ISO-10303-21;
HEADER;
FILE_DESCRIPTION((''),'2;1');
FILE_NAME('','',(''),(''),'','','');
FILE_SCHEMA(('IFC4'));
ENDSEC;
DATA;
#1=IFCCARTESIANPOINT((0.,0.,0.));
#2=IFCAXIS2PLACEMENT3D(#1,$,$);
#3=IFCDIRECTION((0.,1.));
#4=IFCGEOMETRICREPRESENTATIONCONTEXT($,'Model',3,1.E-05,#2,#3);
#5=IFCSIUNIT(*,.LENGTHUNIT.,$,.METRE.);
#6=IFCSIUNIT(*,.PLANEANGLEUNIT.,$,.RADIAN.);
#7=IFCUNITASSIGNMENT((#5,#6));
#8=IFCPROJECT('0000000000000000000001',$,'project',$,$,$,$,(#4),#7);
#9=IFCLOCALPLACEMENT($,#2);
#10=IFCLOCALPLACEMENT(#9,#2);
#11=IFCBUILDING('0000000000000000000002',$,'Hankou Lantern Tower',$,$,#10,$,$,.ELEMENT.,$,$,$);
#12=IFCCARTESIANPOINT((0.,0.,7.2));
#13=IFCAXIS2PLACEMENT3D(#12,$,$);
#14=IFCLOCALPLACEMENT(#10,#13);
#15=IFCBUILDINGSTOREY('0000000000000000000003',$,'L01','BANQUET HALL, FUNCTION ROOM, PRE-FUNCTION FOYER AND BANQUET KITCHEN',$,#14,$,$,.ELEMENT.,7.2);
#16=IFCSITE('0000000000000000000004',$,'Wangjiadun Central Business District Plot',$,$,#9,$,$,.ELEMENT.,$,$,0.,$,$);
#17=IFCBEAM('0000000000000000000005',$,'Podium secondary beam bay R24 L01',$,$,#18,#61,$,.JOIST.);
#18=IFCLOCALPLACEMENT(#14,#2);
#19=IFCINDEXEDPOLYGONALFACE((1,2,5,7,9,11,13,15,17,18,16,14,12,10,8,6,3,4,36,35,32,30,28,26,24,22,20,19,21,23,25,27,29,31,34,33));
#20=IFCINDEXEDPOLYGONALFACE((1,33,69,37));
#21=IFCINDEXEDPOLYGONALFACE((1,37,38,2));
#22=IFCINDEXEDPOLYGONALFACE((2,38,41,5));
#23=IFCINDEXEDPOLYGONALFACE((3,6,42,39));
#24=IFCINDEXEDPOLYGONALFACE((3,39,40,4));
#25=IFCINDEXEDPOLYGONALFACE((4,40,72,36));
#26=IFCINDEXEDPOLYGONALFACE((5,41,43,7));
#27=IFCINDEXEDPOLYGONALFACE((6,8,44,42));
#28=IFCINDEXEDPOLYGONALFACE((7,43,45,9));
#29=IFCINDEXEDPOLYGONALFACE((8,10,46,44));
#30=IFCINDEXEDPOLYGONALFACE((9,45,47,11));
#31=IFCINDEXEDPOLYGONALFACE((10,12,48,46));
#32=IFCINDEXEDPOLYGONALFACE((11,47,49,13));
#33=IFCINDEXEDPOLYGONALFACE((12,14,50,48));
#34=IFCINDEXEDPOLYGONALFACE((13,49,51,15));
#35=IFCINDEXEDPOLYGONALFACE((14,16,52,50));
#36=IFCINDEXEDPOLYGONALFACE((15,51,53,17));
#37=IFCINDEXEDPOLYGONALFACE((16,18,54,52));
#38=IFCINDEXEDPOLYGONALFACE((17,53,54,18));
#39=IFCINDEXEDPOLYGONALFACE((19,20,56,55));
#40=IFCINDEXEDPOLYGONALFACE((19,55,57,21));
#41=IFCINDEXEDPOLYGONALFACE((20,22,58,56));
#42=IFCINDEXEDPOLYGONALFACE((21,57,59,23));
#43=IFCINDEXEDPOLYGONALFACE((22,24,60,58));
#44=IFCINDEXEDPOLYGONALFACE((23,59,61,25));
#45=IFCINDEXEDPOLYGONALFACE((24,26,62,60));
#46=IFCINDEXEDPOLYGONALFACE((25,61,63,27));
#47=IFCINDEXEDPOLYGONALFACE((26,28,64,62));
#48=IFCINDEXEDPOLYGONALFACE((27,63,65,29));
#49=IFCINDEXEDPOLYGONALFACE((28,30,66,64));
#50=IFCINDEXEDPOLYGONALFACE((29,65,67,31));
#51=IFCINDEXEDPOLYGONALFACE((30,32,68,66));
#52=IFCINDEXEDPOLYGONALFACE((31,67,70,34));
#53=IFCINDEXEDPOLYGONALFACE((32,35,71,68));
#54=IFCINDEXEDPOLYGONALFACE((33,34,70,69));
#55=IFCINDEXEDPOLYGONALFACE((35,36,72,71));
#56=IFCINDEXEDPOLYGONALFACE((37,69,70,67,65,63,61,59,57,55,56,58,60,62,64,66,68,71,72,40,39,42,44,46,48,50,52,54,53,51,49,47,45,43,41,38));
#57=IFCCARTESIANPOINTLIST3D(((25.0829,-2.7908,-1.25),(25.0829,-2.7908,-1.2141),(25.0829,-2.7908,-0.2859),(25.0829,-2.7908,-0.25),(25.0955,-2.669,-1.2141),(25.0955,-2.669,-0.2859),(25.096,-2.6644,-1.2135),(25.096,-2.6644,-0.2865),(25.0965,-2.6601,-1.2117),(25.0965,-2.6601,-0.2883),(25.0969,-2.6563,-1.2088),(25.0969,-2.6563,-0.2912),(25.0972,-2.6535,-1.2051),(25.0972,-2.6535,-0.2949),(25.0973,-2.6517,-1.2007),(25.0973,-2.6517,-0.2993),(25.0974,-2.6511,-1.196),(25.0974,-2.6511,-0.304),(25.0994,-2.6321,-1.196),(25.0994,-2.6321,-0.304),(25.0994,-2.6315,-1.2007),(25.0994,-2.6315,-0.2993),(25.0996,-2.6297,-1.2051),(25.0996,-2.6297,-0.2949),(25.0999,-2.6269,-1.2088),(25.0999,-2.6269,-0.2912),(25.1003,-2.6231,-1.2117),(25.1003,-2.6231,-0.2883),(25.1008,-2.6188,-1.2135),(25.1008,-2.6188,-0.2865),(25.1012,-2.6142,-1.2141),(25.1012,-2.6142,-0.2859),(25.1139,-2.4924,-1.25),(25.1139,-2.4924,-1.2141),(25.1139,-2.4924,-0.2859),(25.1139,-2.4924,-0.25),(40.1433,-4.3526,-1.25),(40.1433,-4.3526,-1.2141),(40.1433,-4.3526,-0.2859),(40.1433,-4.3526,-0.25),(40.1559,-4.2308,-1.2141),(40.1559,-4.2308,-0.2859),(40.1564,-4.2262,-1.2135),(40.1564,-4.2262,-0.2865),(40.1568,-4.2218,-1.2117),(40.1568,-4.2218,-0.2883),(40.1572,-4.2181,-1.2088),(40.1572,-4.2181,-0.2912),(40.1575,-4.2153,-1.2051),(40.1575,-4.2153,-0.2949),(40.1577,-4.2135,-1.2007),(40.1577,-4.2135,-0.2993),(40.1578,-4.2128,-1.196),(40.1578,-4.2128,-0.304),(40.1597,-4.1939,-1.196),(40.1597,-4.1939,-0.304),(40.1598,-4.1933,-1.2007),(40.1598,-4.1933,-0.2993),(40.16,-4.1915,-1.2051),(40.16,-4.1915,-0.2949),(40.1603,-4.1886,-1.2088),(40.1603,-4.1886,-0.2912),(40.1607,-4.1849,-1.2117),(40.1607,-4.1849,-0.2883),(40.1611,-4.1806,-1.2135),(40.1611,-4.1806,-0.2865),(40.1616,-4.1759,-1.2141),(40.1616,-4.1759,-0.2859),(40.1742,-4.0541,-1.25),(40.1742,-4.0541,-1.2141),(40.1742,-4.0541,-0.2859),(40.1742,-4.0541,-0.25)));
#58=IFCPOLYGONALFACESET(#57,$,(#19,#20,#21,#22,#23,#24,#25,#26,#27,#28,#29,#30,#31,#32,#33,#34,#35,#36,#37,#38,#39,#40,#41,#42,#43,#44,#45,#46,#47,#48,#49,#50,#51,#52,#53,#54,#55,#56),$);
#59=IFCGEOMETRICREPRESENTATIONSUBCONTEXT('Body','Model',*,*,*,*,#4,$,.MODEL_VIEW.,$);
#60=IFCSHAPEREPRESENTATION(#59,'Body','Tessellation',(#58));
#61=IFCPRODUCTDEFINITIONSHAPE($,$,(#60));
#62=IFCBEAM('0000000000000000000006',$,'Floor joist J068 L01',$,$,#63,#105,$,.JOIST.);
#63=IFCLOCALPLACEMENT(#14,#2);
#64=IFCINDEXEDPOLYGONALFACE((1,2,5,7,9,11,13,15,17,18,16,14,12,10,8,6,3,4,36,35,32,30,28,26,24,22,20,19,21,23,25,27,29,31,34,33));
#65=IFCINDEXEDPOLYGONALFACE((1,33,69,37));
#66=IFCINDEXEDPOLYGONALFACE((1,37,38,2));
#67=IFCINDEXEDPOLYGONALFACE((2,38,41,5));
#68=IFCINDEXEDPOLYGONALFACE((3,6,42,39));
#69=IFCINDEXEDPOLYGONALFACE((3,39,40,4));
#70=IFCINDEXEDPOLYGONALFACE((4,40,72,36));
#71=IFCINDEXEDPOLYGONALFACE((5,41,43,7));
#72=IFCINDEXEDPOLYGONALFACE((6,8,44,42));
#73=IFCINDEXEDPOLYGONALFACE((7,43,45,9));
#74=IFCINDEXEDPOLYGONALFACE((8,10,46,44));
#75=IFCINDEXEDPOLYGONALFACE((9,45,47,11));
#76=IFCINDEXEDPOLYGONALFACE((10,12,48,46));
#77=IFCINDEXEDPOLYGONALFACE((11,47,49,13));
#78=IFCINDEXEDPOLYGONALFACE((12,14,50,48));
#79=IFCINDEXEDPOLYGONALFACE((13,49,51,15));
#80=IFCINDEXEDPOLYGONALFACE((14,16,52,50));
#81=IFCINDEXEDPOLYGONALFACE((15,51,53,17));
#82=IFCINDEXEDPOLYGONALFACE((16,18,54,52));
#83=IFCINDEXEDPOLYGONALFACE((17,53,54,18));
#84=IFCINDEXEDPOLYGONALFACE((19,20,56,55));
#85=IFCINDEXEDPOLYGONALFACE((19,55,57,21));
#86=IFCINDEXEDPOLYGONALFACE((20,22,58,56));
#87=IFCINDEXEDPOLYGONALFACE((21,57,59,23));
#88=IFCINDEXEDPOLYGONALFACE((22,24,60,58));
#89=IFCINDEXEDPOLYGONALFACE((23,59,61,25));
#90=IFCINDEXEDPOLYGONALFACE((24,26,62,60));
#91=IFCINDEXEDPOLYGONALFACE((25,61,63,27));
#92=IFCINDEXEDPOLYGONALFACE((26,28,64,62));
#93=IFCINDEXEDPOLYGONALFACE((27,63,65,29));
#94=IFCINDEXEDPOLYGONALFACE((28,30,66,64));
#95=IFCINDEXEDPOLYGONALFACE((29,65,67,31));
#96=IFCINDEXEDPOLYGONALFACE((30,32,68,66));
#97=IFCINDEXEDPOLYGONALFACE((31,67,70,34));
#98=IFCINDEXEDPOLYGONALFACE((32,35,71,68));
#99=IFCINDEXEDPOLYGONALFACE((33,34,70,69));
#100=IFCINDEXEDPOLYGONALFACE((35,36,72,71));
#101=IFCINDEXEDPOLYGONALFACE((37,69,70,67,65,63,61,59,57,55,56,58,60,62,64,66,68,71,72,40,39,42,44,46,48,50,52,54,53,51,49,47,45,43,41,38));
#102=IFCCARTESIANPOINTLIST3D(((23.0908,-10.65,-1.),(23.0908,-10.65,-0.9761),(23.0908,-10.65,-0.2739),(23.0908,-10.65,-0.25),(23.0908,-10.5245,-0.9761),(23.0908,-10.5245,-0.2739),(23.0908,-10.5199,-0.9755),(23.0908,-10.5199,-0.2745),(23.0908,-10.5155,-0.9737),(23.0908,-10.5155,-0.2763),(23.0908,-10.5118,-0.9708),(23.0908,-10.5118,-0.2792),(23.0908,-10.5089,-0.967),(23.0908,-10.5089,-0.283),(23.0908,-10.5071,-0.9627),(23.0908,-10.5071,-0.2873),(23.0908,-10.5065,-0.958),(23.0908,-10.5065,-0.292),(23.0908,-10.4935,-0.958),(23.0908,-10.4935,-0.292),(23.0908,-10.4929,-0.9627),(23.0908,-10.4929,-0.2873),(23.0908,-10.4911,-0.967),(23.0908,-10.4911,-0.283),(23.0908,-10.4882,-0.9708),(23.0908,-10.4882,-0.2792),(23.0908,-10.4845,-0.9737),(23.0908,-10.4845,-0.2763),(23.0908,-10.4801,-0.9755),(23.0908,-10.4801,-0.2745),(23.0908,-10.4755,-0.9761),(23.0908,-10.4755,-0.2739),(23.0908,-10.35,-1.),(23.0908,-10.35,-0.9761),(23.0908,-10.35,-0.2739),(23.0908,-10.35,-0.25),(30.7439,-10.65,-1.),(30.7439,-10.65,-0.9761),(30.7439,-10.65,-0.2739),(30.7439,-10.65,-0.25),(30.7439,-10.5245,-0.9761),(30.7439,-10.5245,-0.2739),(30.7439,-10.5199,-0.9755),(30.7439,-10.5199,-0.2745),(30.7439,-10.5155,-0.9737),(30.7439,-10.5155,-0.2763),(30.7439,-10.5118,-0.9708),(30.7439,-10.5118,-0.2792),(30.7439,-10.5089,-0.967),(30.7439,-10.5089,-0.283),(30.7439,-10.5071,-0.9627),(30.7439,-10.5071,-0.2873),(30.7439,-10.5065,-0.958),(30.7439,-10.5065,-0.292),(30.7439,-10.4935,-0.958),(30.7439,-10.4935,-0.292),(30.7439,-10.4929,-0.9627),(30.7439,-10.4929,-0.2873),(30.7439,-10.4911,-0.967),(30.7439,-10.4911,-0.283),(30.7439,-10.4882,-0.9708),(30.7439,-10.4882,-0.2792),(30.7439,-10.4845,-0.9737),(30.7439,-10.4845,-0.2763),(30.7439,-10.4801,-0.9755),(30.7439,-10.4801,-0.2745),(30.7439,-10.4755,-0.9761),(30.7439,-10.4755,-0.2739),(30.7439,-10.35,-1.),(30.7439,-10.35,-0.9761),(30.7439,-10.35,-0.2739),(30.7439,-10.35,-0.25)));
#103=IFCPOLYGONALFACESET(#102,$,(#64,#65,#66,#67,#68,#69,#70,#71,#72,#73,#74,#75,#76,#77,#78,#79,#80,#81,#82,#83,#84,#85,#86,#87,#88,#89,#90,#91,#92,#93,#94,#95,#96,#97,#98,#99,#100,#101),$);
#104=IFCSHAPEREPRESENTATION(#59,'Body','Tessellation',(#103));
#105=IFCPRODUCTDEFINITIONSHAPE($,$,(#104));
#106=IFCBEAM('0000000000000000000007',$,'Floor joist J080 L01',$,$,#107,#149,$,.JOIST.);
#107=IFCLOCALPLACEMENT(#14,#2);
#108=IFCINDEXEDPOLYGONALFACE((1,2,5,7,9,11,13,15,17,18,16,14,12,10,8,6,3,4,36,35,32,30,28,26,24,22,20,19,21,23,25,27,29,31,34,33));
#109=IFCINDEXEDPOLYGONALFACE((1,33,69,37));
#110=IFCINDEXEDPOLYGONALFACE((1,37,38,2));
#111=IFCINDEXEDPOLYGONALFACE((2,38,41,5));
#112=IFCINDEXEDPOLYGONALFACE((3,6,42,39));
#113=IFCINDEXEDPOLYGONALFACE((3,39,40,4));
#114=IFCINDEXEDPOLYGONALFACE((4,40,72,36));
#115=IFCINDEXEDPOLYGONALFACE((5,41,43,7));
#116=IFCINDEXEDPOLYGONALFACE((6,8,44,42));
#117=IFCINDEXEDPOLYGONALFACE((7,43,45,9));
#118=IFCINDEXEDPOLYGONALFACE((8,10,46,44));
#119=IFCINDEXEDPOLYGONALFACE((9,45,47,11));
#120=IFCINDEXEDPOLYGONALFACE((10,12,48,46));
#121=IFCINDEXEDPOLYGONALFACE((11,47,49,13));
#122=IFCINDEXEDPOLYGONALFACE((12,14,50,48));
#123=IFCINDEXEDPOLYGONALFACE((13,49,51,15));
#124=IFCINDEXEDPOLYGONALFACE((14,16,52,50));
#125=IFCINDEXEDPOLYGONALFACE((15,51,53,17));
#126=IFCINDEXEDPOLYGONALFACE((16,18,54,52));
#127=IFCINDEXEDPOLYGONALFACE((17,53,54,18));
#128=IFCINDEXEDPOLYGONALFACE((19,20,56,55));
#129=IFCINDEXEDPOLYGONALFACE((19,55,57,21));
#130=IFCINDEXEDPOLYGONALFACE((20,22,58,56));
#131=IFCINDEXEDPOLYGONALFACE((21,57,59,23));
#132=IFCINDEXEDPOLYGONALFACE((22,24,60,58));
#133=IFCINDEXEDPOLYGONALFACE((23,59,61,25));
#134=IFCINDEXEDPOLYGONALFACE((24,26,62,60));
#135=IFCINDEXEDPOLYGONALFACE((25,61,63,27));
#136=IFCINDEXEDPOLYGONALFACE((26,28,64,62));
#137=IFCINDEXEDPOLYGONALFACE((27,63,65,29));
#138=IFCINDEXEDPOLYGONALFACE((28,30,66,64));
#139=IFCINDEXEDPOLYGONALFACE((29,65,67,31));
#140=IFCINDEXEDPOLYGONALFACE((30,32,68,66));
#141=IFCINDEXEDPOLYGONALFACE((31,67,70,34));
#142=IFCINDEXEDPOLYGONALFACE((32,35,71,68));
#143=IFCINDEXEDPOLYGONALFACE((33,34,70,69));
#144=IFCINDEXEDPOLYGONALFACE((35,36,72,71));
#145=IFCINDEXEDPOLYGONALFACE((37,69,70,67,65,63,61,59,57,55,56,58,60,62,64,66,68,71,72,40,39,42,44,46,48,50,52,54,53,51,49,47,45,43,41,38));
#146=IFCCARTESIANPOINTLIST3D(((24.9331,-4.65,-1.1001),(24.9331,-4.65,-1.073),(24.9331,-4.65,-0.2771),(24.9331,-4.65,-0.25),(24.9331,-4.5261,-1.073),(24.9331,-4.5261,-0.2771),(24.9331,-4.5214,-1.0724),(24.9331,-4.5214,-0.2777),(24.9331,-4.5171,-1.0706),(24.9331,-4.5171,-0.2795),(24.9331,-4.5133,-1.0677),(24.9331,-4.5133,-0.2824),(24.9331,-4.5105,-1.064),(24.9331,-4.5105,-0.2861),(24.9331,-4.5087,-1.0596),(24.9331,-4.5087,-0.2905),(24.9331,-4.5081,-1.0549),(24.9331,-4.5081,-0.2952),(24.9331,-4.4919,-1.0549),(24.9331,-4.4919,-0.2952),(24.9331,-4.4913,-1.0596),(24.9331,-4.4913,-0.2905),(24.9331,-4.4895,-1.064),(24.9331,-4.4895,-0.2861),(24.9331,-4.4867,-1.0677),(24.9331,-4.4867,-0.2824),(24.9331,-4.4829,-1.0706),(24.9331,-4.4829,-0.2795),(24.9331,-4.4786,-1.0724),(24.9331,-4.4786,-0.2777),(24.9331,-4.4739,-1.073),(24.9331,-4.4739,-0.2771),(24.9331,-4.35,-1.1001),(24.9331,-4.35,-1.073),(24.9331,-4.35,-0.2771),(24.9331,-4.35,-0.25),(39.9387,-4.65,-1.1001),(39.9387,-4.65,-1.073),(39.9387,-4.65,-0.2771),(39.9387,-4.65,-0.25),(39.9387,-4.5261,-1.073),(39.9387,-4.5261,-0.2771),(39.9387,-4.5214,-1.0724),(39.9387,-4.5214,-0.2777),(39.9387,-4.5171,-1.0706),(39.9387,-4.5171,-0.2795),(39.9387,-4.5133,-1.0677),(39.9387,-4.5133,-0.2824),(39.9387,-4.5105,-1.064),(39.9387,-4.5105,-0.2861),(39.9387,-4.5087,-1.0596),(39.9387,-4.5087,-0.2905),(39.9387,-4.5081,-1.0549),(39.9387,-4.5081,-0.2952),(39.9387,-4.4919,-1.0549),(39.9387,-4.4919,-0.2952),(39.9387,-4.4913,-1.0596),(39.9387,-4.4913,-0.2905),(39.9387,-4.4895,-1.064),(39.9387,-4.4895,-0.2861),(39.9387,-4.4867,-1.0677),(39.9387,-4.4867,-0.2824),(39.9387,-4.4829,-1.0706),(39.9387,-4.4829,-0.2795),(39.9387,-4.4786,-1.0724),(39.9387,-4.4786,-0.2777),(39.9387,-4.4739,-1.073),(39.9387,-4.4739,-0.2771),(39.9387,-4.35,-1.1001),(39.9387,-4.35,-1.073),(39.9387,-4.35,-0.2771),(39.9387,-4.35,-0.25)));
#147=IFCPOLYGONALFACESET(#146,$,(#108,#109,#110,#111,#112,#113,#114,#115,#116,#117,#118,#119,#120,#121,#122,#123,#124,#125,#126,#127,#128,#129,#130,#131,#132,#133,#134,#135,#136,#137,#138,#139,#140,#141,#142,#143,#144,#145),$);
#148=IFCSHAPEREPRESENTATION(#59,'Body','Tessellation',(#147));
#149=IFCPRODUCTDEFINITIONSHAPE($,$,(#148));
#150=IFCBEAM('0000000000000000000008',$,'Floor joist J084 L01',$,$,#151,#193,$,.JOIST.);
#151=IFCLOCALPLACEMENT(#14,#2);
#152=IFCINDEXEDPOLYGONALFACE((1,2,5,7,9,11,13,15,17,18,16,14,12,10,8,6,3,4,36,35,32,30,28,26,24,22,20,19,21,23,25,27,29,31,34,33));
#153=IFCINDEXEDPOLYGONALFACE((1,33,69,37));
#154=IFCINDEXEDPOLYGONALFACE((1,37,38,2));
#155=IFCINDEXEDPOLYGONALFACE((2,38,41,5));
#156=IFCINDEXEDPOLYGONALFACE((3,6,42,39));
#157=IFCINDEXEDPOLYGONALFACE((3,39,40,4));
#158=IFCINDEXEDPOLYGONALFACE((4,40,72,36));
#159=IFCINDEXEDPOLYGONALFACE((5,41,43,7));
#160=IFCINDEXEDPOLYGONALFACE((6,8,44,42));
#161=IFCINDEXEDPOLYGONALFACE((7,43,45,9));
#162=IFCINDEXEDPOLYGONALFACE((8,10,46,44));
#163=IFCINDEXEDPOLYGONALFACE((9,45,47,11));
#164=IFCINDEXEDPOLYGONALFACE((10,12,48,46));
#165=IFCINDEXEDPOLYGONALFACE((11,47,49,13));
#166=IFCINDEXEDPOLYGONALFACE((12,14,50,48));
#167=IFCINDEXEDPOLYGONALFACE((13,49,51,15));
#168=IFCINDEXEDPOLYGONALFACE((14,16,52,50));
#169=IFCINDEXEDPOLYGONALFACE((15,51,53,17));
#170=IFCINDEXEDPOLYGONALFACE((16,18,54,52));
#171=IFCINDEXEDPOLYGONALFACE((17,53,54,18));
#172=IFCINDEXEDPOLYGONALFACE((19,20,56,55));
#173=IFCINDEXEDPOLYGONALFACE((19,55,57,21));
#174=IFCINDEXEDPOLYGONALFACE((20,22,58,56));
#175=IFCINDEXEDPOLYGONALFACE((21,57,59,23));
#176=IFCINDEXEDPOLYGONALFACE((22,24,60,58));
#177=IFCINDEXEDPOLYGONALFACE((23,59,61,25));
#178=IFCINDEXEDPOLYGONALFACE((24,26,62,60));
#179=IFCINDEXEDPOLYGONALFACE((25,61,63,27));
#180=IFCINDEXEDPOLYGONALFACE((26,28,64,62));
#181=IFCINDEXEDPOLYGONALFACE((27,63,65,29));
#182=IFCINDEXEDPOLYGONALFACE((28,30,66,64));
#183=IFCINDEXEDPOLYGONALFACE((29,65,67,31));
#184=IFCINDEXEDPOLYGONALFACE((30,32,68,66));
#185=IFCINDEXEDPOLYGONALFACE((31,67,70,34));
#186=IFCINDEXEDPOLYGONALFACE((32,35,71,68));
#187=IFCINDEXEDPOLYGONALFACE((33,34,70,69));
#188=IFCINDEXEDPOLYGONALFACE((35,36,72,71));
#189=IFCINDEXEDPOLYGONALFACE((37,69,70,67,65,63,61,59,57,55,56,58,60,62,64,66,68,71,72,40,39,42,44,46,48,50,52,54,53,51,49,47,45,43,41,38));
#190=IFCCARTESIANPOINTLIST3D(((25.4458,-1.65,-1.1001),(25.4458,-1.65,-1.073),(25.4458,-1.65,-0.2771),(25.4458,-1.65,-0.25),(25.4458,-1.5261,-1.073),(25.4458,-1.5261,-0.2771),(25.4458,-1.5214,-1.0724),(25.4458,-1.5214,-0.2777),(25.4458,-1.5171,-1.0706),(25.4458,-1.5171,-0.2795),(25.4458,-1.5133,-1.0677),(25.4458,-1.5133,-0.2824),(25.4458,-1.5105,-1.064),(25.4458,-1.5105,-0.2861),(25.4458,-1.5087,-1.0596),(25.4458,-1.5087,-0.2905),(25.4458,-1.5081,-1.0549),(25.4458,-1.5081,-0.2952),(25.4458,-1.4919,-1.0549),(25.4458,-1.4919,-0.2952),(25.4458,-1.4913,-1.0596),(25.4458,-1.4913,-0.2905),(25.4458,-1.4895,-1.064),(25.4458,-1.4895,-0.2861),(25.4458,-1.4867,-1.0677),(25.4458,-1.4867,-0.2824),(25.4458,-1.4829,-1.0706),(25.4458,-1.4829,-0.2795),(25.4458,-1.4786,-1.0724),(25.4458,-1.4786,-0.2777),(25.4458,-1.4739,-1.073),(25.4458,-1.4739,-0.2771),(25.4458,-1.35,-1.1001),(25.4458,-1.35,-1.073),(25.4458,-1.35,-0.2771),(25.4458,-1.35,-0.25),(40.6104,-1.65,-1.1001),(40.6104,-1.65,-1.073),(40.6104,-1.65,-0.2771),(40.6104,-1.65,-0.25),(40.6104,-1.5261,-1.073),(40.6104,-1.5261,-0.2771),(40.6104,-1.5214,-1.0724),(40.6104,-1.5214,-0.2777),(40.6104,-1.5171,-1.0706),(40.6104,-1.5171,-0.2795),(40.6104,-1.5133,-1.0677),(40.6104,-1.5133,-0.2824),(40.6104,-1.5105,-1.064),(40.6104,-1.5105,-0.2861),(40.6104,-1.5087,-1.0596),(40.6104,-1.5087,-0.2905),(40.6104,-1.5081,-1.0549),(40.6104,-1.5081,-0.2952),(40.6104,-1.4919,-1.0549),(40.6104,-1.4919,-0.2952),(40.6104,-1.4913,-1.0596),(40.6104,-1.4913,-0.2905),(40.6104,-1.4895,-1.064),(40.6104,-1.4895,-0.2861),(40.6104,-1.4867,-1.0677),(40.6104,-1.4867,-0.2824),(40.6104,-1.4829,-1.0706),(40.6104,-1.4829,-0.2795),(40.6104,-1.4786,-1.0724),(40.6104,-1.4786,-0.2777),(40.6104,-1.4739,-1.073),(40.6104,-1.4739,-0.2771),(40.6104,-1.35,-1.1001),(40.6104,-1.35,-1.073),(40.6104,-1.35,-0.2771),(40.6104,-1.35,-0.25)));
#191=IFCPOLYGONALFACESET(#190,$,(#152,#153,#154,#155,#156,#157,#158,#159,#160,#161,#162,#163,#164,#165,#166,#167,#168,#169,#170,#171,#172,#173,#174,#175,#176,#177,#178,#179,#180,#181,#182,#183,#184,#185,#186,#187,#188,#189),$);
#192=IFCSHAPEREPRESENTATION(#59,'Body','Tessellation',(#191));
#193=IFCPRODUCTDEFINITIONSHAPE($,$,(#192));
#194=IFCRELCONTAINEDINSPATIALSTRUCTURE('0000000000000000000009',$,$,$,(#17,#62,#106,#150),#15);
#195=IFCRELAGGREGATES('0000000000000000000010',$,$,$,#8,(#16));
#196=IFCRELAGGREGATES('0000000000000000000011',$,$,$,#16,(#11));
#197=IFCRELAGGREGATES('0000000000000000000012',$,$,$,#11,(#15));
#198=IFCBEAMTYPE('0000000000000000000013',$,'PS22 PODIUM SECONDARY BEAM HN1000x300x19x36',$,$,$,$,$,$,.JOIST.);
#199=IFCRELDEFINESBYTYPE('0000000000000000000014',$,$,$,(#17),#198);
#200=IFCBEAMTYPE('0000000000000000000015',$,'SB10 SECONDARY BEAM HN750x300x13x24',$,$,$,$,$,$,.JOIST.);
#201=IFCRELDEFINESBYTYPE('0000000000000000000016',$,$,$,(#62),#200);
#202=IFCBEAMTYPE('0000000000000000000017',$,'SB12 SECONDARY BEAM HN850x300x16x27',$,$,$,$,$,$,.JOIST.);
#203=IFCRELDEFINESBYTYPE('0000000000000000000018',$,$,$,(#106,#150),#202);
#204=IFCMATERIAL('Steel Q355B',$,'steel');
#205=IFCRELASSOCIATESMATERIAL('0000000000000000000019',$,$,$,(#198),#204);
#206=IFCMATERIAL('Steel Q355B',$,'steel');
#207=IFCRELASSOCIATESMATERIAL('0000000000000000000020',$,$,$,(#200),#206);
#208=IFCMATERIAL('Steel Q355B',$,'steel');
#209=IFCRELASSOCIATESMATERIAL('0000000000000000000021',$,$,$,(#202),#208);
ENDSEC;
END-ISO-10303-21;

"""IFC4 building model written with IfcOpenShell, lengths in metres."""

from ifc_helpers import new_model, si_unit, direction, frame, origin, origin_2d, place, context, subcontext, project, spatial, i_section, extrude, material, material_profile, profile_set, type_object, element, save


model = new_model("IFC4")

# Units and contexts
model_context = context("Model", 3, precision=1e-05, world=origin(), true_north=direction((0.0, 1.0)))
body_context = subcontext(model_context, "Body", "Model", "MODEL_VIEW")
ifc_project = project(units=[si_unit("LENGTHUNIT", "METRE"), si_unit("PLANEANGLEUNIT", "RADIAN")], contexts=[model_context])

# Site, building, storey
site_placement = place(None, origin())
site = spatial("IfcSite", under=ifc_project, at=site_placement, Name="Wangjiadun Central Business District Plot", CompositionType="ELEMENT", RefElevation=0.0)
building_placement = place(site_placement, origin())
building = spatial("IfcBuilding", under=site, at=building_placement, Name="Hankou Lantern Tower", CompositionType="ELEMENT")
storey_placement = place(building_placement, frame((0.0, 0.0, 7.2)))
storey = spatial("IfcBuildingStorey", under=building, at=storey_placement, Name="L01", Description="BANQUET HALL, FUNCTION ROOM, PRE-FUNCTION FOYER AND BANQUET KITCHEN", CompositionType="ELEMENT", Elevation=7.2)

# Beams
ifc_material_1 = material(Name="Steel Q355B", Category="steel")
ifc_material_profile_1 = material_profile(ifc_material_1, i_section(OverallWidth=0.3, OverallDepth=1.0, WebThickness=0.019, FlangeThickness=0.0359, FilletRadius=0.0181, at=origin_2d()), Name="HN1000x300x19x36")
ifc_profile_set_1 = profile_set([ifc_material_profile_1], Name="Steel Q355B")
beam_type_1 = type_object("IfcBeamType", Name="PS22 PODIUM SECONDARY BEAM HN1000x300x19x36", PredefinedType="JOIST", material=ifc_profile_set_1)
beam_1_placement = place(storey_placement, frame((25.0984, -2.6416, -0.75), z_axis=(0.994666, -0.103148, 0.0), x_axis=(0.103148, 0.994666, 0.0)))
element("IfcBeam", 1, at=beam_1_placement, inside=storey, type_object=beam_type_1, Name="Podium secondary beam bay R24 L01", PredefinedType="JOIST", context=body_context, shape_type="SweptSolid", body=[
    extrude(i_section(OverallWidth=0.3, OverallDepth=1.0, WebThickness=0.019, FlangeThickness=0.0359, FilletRadius=0.0181, at=origin_2d()), origin(), (0.0, 0.0, 1.0), 15.1411),
])
ifc_material_2 = material(Name="Steel Q355B", Category="steel")
ifc_material_profile_2 = material_profile(ifc_material_2, i_section(OverallWidth=0.3, OverallDepth=0.75, WebThickness=0.0129, FlangeThickness=0.0239, FilletRadius=0.0181, at=origin_2d()), Name="HN750x300x13x24")
ifc_profile_set_2 = profile_set([ifc_material_profile_2], Name="Steel Q355B")
beam_type_2 = type_object("IfcBeamType", Name="SB10 SECONDARY BEAM HN750x300x13x24", PredefinedType="JOIST", material=ifc_profile_set_2)
beam_2_placement = place(storey_placement, frame((23.0908, -10.5, -0.625), z_axis=(1.0, 0.0, 0.0), x_axis=(0.0, 1.0, 0.0)))
element("IfcBeam", 2, at=beam_2_placement, inside=storey, type_object=beam_type_2, Name="Floor joist J068 L01", PredefinedType="JOIST", context=body_context, shape_type="SweptSolid", body=[
    extrude(i_section(OverallWidth=0.3, OverallDepth=0.75, WebThickness=0.0129, FlangeThickness=0.0239, FilletRadius=0.0181, at=origin_2d()), origin(), (0.0, 0.0, 1.0), 7.6531),
])
ifc_material_3 = material(Name="Steel Q355B", Category="steel")
ifc_material_profile_3 = material_profile(ifc_material_3, i_section(OverallWidth=0.3, OverallDepth=0.8501, WebThickness=0.0161, FlangeThickness=0.0271, FilletRadius=0.0181, at=origin_2d()), Name="HN850x300x16x27")
ifc_profile_set_3 = profile_set([ifc_material_profile_3], Name="Steel Q355B")
beam_type_3 = type_object("IfcBeamType", Name="SB12 SECONDARY BEAM HN850x300x16x27", PredefinedType="JOIST", material=ifc_profile_set_3)
beam_3_placement = place(storey_placement, frame((24.9331, -4.5, -0.675), z_axis=(1.0, 0.0, 0.0), x_axis=(0.0, 1.0, 0.0)))
element("IfcBeam", 3, at=beam_3_placement, inside=storey, type_object=beam_type_3, Name="Floor joist J080 L01", PredefinedType="JOIST", context=body_context, shape_type="SweptSolid", body=[
    extrude(i_section(OverallWidth=0.3, OverallDepth=0.8501, WebThickness=0.0161, FlangeThickness=0.0271, FilletRadius=0.0181, at=origin_2d()), origin(), (0.0, 0.0, 1.0), 15.0056),
])
beam_4_placement = place(storey_placement, frame((25.4458, -1.5, -0.675), z_axis=(1.0, 0.0, 0.0), x_axis=(0.0, 1.0, 0.0)))
element("IfcBeam", 4, at=beam_4_placement, inside=storey, type_object=beam_type_3, Name="Floor joist J084 L01", PredefinedType="JOIST", context=body_context, shape_type="SweptSolid", body=[
    extrude(i_section(OverallWidth=0.3, OverallDepth=0.8501, WebThickness=0.0161, FlangeThickness=0.0271, FilletRadius=0.0181, at=origin_2d()), origin(), (0.0, 0.0, 1.0), 15.1646),
])

save(model, "model.ifc")
